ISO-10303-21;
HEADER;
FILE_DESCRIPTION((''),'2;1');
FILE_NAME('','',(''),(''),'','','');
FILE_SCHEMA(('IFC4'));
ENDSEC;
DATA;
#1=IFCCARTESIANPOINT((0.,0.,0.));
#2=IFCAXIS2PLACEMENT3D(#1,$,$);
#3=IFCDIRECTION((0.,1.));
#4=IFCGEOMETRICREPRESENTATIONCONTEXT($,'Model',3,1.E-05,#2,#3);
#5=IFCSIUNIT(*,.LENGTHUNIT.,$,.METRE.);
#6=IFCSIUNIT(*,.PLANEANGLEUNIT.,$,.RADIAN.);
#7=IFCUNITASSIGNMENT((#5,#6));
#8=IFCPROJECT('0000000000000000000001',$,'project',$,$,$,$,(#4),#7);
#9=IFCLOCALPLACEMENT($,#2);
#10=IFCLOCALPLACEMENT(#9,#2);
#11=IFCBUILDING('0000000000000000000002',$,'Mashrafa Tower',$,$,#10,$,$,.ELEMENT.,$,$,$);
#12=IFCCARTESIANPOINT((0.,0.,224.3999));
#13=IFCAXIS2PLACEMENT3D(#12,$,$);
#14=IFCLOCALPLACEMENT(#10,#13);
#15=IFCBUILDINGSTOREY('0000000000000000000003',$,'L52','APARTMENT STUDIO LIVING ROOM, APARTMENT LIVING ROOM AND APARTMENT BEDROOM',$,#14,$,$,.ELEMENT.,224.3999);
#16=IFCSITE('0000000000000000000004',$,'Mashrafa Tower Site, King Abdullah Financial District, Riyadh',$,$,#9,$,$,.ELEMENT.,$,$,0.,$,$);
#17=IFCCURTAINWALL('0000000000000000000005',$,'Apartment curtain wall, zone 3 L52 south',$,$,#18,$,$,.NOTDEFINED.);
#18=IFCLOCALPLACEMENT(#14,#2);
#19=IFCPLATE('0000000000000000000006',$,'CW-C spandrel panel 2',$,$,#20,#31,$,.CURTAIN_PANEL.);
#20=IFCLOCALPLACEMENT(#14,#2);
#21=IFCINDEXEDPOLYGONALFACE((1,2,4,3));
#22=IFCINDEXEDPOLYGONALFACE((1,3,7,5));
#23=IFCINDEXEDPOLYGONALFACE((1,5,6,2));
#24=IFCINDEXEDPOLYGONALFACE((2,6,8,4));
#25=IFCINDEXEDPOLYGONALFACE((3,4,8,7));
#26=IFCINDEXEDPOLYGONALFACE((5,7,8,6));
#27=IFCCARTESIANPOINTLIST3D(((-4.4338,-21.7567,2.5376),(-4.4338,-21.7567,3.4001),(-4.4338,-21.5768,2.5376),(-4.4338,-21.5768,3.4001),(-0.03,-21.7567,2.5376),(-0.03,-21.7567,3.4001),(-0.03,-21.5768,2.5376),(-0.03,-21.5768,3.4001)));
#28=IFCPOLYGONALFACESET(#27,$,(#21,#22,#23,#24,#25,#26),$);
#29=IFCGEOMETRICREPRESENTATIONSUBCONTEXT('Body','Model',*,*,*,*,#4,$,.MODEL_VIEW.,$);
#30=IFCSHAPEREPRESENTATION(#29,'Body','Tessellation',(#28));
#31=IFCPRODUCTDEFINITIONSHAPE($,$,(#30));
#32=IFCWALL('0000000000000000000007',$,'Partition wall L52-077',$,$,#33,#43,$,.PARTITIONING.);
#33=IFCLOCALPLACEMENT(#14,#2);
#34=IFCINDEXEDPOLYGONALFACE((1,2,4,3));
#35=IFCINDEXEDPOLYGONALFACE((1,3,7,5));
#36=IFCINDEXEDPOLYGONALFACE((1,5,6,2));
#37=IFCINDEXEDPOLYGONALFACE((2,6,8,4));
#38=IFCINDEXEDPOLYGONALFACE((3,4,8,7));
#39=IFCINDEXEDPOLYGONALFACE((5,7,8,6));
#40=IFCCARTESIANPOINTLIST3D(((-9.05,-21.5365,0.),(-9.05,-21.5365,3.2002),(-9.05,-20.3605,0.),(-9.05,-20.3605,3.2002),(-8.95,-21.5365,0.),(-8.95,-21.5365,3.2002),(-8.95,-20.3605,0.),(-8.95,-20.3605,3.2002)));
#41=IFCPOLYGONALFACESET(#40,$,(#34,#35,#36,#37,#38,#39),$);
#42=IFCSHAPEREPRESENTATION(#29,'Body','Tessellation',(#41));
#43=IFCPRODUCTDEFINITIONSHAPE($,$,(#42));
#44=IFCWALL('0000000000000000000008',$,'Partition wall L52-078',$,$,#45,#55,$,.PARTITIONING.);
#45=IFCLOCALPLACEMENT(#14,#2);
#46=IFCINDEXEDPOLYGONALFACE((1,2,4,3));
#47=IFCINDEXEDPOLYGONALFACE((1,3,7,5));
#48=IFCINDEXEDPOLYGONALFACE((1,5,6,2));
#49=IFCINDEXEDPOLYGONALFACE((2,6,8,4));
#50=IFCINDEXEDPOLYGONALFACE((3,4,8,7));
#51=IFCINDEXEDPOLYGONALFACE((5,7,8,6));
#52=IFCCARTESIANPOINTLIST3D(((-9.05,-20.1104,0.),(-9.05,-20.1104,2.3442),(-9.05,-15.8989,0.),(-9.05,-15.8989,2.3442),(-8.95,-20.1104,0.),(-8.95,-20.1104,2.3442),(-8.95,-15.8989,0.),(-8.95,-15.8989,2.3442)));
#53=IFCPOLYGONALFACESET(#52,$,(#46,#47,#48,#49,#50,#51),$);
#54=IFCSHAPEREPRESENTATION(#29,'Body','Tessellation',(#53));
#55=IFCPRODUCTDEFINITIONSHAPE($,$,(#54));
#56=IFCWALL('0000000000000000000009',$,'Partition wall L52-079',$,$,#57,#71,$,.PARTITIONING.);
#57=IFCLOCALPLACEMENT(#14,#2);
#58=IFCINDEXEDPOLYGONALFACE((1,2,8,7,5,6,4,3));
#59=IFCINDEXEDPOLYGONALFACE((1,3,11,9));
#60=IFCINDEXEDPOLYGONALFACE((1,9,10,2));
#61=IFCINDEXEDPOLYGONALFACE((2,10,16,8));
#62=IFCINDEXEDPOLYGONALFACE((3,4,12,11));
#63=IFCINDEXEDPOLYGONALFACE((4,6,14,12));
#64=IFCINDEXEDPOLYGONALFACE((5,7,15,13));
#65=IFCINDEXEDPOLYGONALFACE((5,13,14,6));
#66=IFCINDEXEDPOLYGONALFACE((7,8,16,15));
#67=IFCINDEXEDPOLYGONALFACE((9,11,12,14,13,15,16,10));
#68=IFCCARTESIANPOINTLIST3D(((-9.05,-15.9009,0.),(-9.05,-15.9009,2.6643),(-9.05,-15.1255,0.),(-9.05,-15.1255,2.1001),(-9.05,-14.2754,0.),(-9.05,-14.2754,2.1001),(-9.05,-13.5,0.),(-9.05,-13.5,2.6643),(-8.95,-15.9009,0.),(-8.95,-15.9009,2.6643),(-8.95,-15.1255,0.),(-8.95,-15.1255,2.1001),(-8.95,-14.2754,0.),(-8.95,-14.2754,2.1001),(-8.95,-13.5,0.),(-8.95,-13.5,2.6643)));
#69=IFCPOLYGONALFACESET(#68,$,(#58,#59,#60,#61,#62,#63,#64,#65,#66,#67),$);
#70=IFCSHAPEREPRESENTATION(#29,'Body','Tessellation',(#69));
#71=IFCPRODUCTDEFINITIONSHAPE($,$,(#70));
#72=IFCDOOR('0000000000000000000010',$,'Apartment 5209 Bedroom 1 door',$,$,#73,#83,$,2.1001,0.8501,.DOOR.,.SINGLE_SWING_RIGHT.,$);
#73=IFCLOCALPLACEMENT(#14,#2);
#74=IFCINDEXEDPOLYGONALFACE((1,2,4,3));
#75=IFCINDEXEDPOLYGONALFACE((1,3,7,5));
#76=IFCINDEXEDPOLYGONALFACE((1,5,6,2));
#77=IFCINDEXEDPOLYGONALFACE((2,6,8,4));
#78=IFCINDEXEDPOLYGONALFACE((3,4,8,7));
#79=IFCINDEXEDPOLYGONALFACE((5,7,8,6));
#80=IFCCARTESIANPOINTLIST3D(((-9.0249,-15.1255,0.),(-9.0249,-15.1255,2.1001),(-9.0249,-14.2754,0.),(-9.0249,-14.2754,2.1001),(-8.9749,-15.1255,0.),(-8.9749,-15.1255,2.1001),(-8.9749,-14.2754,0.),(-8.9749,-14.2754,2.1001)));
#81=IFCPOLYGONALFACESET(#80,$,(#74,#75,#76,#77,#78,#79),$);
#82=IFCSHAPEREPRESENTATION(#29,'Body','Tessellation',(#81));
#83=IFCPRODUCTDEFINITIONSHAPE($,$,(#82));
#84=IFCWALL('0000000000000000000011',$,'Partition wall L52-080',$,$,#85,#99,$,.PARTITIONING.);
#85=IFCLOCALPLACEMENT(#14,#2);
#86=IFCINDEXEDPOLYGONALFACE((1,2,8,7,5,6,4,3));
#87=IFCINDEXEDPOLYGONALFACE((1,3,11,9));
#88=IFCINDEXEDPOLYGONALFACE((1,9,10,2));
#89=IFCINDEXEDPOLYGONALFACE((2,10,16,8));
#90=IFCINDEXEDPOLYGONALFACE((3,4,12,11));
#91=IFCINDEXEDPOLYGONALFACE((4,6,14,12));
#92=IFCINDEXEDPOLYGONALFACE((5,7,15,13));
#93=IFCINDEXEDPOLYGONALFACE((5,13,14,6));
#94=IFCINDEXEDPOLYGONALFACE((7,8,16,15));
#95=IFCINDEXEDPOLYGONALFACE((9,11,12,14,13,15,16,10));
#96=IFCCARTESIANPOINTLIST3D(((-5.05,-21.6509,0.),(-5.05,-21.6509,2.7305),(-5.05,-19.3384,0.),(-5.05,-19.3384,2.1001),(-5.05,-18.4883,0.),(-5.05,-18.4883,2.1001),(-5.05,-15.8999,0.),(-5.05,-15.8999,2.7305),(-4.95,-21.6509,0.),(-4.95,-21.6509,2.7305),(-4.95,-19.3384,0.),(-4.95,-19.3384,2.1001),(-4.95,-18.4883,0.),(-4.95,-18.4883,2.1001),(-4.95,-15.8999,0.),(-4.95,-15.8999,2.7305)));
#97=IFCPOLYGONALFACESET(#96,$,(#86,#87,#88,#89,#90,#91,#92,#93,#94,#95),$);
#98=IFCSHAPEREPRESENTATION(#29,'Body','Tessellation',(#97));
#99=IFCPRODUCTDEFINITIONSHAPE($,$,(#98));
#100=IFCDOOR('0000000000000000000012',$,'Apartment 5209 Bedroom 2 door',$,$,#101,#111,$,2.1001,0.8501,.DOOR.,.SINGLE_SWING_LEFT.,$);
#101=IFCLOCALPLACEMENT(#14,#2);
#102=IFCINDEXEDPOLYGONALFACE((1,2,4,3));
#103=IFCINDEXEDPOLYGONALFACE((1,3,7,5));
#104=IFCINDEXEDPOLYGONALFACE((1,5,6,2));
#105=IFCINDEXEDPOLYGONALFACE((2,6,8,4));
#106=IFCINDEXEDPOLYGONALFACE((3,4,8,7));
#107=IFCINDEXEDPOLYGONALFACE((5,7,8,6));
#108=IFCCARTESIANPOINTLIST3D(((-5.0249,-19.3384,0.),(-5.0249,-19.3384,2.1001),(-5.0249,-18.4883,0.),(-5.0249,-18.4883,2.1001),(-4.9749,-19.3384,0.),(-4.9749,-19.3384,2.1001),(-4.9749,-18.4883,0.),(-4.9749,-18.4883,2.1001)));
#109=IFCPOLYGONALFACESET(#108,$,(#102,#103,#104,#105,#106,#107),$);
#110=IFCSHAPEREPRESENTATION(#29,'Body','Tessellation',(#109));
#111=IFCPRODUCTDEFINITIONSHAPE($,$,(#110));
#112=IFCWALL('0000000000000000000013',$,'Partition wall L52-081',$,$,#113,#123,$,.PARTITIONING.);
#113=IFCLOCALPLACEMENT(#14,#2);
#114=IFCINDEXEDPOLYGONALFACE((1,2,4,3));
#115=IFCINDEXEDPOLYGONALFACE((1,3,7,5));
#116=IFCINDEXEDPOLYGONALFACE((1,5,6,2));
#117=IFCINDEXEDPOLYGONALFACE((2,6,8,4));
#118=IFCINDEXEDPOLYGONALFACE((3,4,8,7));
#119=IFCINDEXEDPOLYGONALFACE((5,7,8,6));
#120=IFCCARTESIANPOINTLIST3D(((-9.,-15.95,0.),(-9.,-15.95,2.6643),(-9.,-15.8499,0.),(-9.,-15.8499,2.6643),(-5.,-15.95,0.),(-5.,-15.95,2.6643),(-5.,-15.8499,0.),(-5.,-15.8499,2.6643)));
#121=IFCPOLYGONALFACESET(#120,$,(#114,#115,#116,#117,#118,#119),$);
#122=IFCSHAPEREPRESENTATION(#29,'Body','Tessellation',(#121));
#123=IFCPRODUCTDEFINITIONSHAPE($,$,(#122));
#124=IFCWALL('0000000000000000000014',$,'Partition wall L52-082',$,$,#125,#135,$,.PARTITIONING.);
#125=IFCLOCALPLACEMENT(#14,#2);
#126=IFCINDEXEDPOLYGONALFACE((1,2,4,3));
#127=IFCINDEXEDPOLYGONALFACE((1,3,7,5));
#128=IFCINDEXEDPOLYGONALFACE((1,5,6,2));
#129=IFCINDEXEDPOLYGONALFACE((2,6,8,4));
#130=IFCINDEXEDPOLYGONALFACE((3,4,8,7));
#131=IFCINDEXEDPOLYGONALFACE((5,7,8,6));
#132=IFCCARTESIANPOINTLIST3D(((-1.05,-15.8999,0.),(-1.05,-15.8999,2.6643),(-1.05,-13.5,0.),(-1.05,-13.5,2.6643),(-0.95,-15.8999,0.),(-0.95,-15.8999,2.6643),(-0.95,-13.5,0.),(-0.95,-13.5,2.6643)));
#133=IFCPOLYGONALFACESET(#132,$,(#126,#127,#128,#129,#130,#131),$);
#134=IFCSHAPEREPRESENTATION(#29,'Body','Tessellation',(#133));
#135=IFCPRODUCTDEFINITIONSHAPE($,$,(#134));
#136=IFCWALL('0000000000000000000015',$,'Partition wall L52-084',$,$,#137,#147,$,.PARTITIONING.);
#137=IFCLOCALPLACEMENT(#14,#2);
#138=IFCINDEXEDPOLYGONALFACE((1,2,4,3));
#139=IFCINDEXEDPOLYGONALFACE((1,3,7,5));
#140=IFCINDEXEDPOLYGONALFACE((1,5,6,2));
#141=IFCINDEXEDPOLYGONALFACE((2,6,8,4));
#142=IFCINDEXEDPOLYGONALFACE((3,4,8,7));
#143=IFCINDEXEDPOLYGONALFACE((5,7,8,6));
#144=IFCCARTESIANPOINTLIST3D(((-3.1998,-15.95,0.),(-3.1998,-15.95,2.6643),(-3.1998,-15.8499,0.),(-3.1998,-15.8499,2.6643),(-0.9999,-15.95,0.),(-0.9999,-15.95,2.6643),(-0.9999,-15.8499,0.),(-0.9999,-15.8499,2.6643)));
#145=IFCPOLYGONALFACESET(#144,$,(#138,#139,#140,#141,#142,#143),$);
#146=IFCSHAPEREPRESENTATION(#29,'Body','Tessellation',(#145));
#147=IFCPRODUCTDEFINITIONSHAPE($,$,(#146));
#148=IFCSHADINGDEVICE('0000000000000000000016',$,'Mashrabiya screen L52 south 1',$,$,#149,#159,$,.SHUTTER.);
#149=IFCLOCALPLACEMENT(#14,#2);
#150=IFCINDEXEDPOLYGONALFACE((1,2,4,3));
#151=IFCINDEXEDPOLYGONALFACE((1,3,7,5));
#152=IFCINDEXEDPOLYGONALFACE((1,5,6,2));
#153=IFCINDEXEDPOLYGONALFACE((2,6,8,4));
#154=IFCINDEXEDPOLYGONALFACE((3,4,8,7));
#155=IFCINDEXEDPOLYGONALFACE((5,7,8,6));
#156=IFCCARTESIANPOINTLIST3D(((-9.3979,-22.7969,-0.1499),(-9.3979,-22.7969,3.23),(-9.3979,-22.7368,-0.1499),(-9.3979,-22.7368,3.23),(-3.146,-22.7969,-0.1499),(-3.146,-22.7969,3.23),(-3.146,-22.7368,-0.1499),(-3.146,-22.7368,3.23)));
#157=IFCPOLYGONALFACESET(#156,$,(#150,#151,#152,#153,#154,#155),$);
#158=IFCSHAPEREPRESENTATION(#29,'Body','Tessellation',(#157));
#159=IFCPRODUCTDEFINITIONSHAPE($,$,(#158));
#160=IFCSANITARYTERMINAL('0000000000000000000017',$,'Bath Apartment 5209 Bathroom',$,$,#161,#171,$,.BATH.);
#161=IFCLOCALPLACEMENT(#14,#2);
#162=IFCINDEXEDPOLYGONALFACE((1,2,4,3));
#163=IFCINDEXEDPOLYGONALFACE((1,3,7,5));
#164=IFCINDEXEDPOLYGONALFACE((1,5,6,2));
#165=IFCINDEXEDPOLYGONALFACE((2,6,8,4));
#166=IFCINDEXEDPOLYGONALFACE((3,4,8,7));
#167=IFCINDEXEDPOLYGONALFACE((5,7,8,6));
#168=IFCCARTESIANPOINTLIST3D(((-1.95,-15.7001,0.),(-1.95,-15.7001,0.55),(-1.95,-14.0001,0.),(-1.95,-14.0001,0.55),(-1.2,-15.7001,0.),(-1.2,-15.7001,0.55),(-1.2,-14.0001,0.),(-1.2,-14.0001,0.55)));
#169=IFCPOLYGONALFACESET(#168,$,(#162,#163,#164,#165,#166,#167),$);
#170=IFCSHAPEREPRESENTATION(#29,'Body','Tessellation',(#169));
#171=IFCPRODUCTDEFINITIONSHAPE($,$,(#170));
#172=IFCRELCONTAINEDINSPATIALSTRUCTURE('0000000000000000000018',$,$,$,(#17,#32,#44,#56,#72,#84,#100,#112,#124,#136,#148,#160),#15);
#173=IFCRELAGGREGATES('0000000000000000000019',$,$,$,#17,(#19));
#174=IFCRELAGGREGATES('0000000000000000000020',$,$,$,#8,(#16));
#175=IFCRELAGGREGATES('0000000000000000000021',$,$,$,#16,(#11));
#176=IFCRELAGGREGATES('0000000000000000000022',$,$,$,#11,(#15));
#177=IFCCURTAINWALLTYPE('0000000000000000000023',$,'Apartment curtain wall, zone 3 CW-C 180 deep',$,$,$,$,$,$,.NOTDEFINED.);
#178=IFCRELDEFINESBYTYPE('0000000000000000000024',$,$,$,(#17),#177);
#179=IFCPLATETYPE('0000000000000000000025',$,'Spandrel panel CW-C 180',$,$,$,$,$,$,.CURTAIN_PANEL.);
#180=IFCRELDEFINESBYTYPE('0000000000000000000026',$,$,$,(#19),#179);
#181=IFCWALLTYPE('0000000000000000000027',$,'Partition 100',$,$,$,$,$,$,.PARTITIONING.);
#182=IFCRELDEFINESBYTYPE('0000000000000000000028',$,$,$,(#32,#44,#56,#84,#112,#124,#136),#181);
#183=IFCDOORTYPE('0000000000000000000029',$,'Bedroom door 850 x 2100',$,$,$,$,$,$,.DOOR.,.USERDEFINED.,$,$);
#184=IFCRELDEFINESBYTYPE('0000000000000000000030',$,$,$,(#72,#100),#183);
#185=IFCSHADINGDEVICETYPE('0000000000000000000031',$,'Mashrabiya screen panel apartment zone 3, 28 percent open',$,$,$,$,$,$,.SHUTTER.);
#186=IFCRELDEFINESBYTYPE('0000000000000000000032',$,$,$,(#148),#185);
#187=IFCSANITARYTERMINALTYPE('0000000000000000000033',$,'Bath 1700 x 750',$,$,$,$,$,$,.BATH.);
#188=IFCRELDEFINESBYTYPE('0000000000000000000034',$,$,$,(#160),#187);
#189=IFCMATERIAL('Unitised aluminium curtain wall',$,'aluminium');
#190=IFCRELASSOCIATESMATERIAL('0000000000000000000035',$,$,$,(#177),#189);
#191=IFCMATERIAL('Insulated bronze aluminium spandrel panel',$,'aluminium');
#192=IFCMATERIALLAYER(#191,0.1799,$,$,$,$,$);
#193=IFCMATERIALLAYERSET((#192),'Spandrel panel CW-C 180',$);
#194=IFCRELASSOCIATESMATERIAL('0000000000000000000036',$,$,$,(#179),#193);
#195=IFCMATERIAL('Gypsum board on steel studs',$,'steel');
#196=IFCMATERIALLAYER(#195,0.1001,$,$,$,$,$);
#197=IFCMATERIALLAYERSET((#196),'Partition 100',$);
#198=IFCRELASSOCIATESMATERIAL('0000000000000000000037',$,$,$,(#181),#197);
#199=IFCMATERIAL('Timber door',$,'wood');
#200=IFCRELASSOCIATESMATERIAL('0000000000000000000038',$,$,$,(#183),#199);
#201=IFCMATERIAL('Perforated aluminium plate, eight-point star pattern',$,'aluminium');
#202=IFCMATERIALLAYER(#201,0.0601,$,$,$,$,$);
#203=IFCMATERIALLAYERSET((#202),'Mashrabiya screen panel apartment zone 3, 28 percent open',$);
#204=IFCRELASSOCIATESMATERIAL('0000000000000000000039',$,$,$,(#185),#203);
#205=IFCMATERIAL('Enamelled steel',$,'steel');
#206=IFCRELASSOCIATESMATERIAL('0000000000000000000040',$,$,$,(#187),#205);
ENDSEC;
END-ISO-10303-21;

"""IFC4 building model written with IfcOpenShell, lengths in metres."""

from ifc_helpers import new_model, si_unit, direction, frame, frame_2d, origin, origin_2d, place, context, subcontext, project, spatial, rectangle, extrude, source, transform, mapped, material, layer, layer_set, type_object, type_shapes, element, fill, aggregate, save


model = new_model("IFC4")

# Units and contexts
model_context = context("Model", 3, precision=1e-05, world=origin(), true_north=direction((0.0, 1.0)))
body_context = subcontext(model_context, "Body", "Model", "MODEL_VIEW")
ifc_project = project(units=[si_unit("LENGTHUNIT", "METRE"), si_unit("PLANEANGLEUNIT", "RADIAN")], contexts=[model_context])

# Site, building, storey
site_placement = place(None, origin())
site = spatial("IfcSite", under=ifc_project, at=site_placement, Name="Mashrafa Tower Site, King Abdullah Financial District, Riyadh", CompositionType="ELEMENT", RefElevation=0.0)
building_placement = place(site_placement, origin())
building = spatial("IfcBuilding", under=site, at=building_placement, Name="Mashrafa Tower", CompositionType="ELEMENT")
storey_placement = place(building_placement, frame((0.0, 0.0, 224.3999)))
storey = spatial("IfcBuildingStorey", under=building, at=storey_placement, Name="L52", Description="APARTMENT STUDIO LIVING ROOM, APARTMENT LIVING ROOM AND APARTMENT BEDROOM", CompositionType="ELEMENT", Elevation=224.3999)

# Shared definitions
ifc_material_1 = material(Name="Unitised aluminium curtain wall", Category="aluminium")
curtain_wall_type = type_object("IfcCurtainWallType", Name="Apartment curtain wall, zone 3 CW-C 180 deep", PredefinedType="NOTDEFINED", material=ifc_material_1)

# Curtain wall
curtain_wall_1_placement = place(storey_placement, origin())
curtain_wall_1 = element("IfcCurtainWall", 1, at=curtain_wall_1_placement, inside=storey, type_object=curtain_wall_type, Name="Apartment curtain wall, zone 3 L52 south", PredefinedType="NOTDEFINED")

# Plate
ifc_material_2 = material(Name="Insulated bronze aluminium spandrel panel", Category="aluminium")
ifc_layer_1 = layer(ifc_material_2, 0.1799)
ifc_layer_set_1 = layer_set([ifc_layer_1], Name="Spandrel panel CW-C 180")
plate_type_1 = type_object("IfcPlateType", Name="Spandrel panel CW-C 180", PredefinedType="CURTAIN_PANEL", material=ifc_layer_set_1)
shared_shape_1 = source(origin(), body_context, "Body", "SweptSolid", [
    extrude(rectangle(XDim=4.4038, YDim=0.1799, at=origin_2d()), origin(), (0.0, 0.0, 1.0), 0.8625),
])
plate_1_placement = place(storey_placement, frame((-2.2319, -21.6667, 2.5376), z_axis=(0.0, 0.0, 1.0), x_axis=(1.0, 0.0, 0.0)))
plate_1 = element("IfcPlate", 2, at=plate_1_placement, type_object=plate_type_1, Name="CW-C spandrel panel 2", PredefinedType="CURTAIN_PANEL", context=body_context, shape_type="MappedRepresentation", body=[
    mapped(shared_shape_1, transform((0.0, 0.0, 0.0))),
])
aggregate(curtain_wall_1, [plate_1])

# Walls
ifc_material_3 = material(Name="Gypsum board on steel studs", Category="steel")
ifc_layer_2 = layer(ifc_material_3, 0.1001)
ifc_layer_set_2 = layer_set([ifc_layer_2], Name="Partition 100")
wall_type = type_object("IfcWallType", Name="Partition 100", PredefinedType="PARTITIONING", material=ifc_layer_set_2)
wall_1_placement = place(storey_placement, frame((-9.0, -21.5364, 0.0), z_axis=(0.0, 0.0, 1.0), x_axis=(0.0, 1.0, 0.0)))
element("IfcWall", 3, at=wall_1_placement, inside=storey, type_object=wall_type, Name="Partition wall L52-077", PredefinedType="PARTITIONING", context=body_context, shape_type="SweptSolid", body=[
    extrude(rectangle(XDim=1.176, YDim=0.1001, at=frame_2d((0.5879, 0.0))), origin(), (0.0, 0.0, 1.0), 3.2002),
])
wall_2_placement = place(storey_placement, frame((-9.0, -20.1104, 0.0), z_axis=(0.0, 0.0, 1.0), x_axis=(0.0, 1.0, 0.0)))
element("IfcWall", 4, at=wall_2_placement, inside=storey, type_object=wall_type, Name="Partition wall L52-078", PredefinedType="PARTITIONING", context=body_context, shape_type="SweptSolid", body=[
    extrude(rectangle(XDim=4.2114, YDim=0.1001, at=frame_2d((2.1057, 0.0))), origin(), (0.0, 0.0, 1.0), 2.3442),
])

# Walls, openings, doors
wall_3_placement = place(storey_placement, frame((-9.0, -15.9009, 0.0), z_axis=(0.0, 0.0, 1.0), x_axis=(0.0, 1.0, 0.0)))
wall_3 = element("IfcWall", 5, at=wall_3_placement, inside=storey, type_object=wall_type, Name="Partition wall L52-079", PredefinedType="PARTITIONING", context=body_context, shape_type="SweptSolid", body=[
    extrude(rectangle(XDim=2.4009, YDim=0.1001, at=frame_2d((1.2004, 0.0))), origin(), (0.0, 0.0, 1.0), 2.6643),
])
opening_1_placement = place(wall_3_placement, frame((0.7754, 0.0, 0.0)))
opening_1 = element("IfcOpeningElement", 6, at=opening_1_placement, cuts=wall_3, PredefinedType="OPENING", context=body_context, shape_type="SweptSolid", body=[
    extrude(rectangle(XDim=0.8501, YDim=2.1001, at=frame_2d((0.425, 1.05))), frame((0.0, 0.0601, 0.0), z_axis=(0.0, -1.0, 0.0), x_axis=(1.0, 0.0, 0.0)), (0.0, 0.0, 1.0), 0.1201),
])
ifc_material_4 = material(Name="Timber door", Category="wood")
door_type = type_object("IfcDoorType", Name="Bedroom door 850 x 2100", OperationType="USERDEFINED", PredefinedType="DOOR", material=ifc_material_4)
door_1_placement = place(opening_1_placement, origin())
door_1 = element("IfcDoor", 7, at=door_1_placement, inside=storey, type_object=door_type, Name="Apartment 5209 Bedroom 1 door", OperationType="SINGLE_SWING_RIGHT", OverallHeight=2.1001, OverallWidth=0.8501, PredefinedType="DOOR", context=body_context, shape_type="SweptSolid", body=[
    extrude(rectangle(XDim=0.8501, YDim=2.1001, at=frame_2d((0.425, 1.05))), frame((0.0, 0.0249, 0.0), z_axis=(0.0, -1.0, 0.0), x_axis=(1.0, 0.0, 0.0)), (0.0, 0.0, 1.0), 0.05),
])
fill(opening_1, door_1)
wall_4_placement = place(storey_placement, frame((-5.0, -21.6509, 0.0), z_axis=(0.0, 0.0, 1.0), x_axis=(0.0, 1.0, 0.0)))
wall_4 = element("IfcWall", 8, at=wall_4_placement, inside=storey, type_object=wall_type, Name="Partition wall L52-080", PredefinedType="PARTITIONING", context=body_context, shape_type="SweptSolid", body=[
    extrude(rectangle(XDim=5.751, YDim=0.1001, at=frame_2d((2.8755, 0.0))), origin(), (0.0, 0.0, 1.0), 2.7305),
])
opening_2_placement = place(wall_4_placement, frame((2.3125, 0.0, 0.0)))
opening_2 = element("IfcOpeningElement", 9, at=opening_2_placement, cuts=wall_4, PredefinedType="OPENING", context=body_context, shape_type="SweptSolid", body=[
    extrude(rectangle(XDim=0.8501, YDim=2.1001, at=frame_2d((0.425, 1.05))), frame((0.0, 0.0601, 0.0), z_axis=(0.0, -1.0, 0.0), x_axis=(1.0, 0.0, 0.0)), (0.0, 0.0, 1.0), 0.1201),
])
door_2_placement = place(opening_2_placement, origin())
door_2 = element("IfcDoor", 10, at=door_2_placement, inside=storey, type_object=door_type, Name="Apartment 5209 Bedroom 2 door", OperationType="SINGLE_SWING_LEFT", OverallHeight=2.1001, OverallWidth=0.8501, PredefinedType="DOOR", context=body_context, shape_type="SweptSolid", body=[
    extrude(rectangle(XDim=0.8501, YDim=2.1001, at=frame_2d((0.425, 1.05))), frame((0.0, 0.0249, 0.0), z_axis=(0.0, -1.0, 0.0), x_axis=(1.0, 0.0, 0.0)), (0.0, 0.0, 1.0), 0.05),
])
fill(opening_2, door_2)

# Walls
wall_5_placement = place(storey_placement, frame((-5.0, -15.8999, 0.0), z_axis=(0.0, 0.0, 1.0), x_axis=(-1.0, 0.0, 0.0)))
element("IfcWall", 11, at=wall_5_placement, inside=storey, type_object=wall_type, Name="Partition wall L52-081", PredefinedType="PARTITIONING", context=body_context, shape_type="SweptSolid", body=[
    extrude(rectangle(XDim=4.0, YDim=0.1001, at=frame_2d((2.0, 0.0))), origin(), (0.0, 0.0, 1.0), 2.6643),
])
wall_6_placement = place(storey_placement, frame((-1.0, -15.8999, 0.0), z_axis=(0.0, 0.0, 1.0), x_axis=(0.0, 1.0, 0.0)))
element("IfcWall", 12, at=wall_6_placement, inside=storey, type_object=wall_type, Name="Partition wall L52-082", PredefinedType="PARTITIONING", context=body_context, shape_type="SweptSolid", body=[
    extrude(rectangle(XDim=2.3999, YDim=0.1001, at=frame_2d((1.2, 0.0))), origin(), (0.0, 0.0, 1.0), 2.6643),
])
wall_7_placement = place(storey_placement, frame((-3.2, -15.8999, 0.0), z_axis=(0.0, 0.0, 1.0), x_axis=(1.0, 0.0, 0.0)))
element("IfcWall", 13, at=wall_7_placement, inside=storey, type_object=wall_type, Name="Partition wall L52-084", PredefinedType="PARTITIONING", context=body_context, shape_type="SweptSolid", body=[
    extrude(rectangle(XDim=2.2, YDim=0.1001, at=frame_2d((1.1001, 0.0))), origin(), (0.0, 0.0, 1.0), 2.6643),
])

# Shading device
ifc_material_5 = material(Name="Perforated aluminium plate, eight-point star pattern", Category="aluminium")
ifc_layer_3 = layer(ifc_material_5, 0.0601)
ifc_layer_set_3 = layer_set([ifc_layer_3], Name="Mashrabiya screen panel apartment zone 3, 28 percent open")
shading_device_type = type_object("IfcShadingDeviceType", Name="Mashrabiya screen panel apartment zone 3, 28 percent open", PredefinedType="SHUTTER", material=ifc_layer_set_3)
shared_shape_2 = source(origin(), body_context, "Body", "SweptSolid", [
    extrude(rectangle(XDim=6.252, YDim=0.0601, at=origin_2d()), origin(), (0.0, 0.0, 1.0), 3.3799),
])
type_shapes(shading_device_type, [shared_shape_2])
shading_device_placement = place(storey_placement, frame((-6.272, -22.7668, -0.1499), z_axis=(0.0, 0.0, 1.0), x_axis=(1.0, 0.0, 0.0)))
element("IfcShadingDevice", 14, at=shading_device_placement, inside=storey, type_object=shading_device_type, Name="Mashrabiya screen L52 south 1", PredefinedType="SHUTTER", context=body_context, shape_type="MappedRepresentation", body=[
    mapped(shared_shape_2, transform((0.0, 0.0, 0.0))),
])

# Sanitary terminal
ifc_material_6 = material(Name="Enamelled steel", Category="steel")
sanitary_terminal_type_1 = type_object("IfcSanitaryTerminalType", Name="Bath 1700 x 750", PredefinedType="BATH", material=ifc_material_6)
sanitary_terminal_1_placement = place(storey_placement, frame((-1.575, -14.8501, 0.0), z_axis=(0.0, 0.0, 1.0), x_axis=(0.0, 1.0, 0.0)))
element("IfcSanitaryTerminal", 15, at=sanitary_terminal_1_placement, inside=storey, type_object=sanitary_terminal_type_1, Name="Bath Apartment 5209 Bathroom", PredefinedType="BATH", context=body_context, shape_type="SweptSolid", body=[
    extrude(rectangle(XDim=1.7, YDim=0.75, at=origin_2d()), origin(), (0.0, 0.0, 1.0), 0.55),
])

save(model, "model.ifc")
